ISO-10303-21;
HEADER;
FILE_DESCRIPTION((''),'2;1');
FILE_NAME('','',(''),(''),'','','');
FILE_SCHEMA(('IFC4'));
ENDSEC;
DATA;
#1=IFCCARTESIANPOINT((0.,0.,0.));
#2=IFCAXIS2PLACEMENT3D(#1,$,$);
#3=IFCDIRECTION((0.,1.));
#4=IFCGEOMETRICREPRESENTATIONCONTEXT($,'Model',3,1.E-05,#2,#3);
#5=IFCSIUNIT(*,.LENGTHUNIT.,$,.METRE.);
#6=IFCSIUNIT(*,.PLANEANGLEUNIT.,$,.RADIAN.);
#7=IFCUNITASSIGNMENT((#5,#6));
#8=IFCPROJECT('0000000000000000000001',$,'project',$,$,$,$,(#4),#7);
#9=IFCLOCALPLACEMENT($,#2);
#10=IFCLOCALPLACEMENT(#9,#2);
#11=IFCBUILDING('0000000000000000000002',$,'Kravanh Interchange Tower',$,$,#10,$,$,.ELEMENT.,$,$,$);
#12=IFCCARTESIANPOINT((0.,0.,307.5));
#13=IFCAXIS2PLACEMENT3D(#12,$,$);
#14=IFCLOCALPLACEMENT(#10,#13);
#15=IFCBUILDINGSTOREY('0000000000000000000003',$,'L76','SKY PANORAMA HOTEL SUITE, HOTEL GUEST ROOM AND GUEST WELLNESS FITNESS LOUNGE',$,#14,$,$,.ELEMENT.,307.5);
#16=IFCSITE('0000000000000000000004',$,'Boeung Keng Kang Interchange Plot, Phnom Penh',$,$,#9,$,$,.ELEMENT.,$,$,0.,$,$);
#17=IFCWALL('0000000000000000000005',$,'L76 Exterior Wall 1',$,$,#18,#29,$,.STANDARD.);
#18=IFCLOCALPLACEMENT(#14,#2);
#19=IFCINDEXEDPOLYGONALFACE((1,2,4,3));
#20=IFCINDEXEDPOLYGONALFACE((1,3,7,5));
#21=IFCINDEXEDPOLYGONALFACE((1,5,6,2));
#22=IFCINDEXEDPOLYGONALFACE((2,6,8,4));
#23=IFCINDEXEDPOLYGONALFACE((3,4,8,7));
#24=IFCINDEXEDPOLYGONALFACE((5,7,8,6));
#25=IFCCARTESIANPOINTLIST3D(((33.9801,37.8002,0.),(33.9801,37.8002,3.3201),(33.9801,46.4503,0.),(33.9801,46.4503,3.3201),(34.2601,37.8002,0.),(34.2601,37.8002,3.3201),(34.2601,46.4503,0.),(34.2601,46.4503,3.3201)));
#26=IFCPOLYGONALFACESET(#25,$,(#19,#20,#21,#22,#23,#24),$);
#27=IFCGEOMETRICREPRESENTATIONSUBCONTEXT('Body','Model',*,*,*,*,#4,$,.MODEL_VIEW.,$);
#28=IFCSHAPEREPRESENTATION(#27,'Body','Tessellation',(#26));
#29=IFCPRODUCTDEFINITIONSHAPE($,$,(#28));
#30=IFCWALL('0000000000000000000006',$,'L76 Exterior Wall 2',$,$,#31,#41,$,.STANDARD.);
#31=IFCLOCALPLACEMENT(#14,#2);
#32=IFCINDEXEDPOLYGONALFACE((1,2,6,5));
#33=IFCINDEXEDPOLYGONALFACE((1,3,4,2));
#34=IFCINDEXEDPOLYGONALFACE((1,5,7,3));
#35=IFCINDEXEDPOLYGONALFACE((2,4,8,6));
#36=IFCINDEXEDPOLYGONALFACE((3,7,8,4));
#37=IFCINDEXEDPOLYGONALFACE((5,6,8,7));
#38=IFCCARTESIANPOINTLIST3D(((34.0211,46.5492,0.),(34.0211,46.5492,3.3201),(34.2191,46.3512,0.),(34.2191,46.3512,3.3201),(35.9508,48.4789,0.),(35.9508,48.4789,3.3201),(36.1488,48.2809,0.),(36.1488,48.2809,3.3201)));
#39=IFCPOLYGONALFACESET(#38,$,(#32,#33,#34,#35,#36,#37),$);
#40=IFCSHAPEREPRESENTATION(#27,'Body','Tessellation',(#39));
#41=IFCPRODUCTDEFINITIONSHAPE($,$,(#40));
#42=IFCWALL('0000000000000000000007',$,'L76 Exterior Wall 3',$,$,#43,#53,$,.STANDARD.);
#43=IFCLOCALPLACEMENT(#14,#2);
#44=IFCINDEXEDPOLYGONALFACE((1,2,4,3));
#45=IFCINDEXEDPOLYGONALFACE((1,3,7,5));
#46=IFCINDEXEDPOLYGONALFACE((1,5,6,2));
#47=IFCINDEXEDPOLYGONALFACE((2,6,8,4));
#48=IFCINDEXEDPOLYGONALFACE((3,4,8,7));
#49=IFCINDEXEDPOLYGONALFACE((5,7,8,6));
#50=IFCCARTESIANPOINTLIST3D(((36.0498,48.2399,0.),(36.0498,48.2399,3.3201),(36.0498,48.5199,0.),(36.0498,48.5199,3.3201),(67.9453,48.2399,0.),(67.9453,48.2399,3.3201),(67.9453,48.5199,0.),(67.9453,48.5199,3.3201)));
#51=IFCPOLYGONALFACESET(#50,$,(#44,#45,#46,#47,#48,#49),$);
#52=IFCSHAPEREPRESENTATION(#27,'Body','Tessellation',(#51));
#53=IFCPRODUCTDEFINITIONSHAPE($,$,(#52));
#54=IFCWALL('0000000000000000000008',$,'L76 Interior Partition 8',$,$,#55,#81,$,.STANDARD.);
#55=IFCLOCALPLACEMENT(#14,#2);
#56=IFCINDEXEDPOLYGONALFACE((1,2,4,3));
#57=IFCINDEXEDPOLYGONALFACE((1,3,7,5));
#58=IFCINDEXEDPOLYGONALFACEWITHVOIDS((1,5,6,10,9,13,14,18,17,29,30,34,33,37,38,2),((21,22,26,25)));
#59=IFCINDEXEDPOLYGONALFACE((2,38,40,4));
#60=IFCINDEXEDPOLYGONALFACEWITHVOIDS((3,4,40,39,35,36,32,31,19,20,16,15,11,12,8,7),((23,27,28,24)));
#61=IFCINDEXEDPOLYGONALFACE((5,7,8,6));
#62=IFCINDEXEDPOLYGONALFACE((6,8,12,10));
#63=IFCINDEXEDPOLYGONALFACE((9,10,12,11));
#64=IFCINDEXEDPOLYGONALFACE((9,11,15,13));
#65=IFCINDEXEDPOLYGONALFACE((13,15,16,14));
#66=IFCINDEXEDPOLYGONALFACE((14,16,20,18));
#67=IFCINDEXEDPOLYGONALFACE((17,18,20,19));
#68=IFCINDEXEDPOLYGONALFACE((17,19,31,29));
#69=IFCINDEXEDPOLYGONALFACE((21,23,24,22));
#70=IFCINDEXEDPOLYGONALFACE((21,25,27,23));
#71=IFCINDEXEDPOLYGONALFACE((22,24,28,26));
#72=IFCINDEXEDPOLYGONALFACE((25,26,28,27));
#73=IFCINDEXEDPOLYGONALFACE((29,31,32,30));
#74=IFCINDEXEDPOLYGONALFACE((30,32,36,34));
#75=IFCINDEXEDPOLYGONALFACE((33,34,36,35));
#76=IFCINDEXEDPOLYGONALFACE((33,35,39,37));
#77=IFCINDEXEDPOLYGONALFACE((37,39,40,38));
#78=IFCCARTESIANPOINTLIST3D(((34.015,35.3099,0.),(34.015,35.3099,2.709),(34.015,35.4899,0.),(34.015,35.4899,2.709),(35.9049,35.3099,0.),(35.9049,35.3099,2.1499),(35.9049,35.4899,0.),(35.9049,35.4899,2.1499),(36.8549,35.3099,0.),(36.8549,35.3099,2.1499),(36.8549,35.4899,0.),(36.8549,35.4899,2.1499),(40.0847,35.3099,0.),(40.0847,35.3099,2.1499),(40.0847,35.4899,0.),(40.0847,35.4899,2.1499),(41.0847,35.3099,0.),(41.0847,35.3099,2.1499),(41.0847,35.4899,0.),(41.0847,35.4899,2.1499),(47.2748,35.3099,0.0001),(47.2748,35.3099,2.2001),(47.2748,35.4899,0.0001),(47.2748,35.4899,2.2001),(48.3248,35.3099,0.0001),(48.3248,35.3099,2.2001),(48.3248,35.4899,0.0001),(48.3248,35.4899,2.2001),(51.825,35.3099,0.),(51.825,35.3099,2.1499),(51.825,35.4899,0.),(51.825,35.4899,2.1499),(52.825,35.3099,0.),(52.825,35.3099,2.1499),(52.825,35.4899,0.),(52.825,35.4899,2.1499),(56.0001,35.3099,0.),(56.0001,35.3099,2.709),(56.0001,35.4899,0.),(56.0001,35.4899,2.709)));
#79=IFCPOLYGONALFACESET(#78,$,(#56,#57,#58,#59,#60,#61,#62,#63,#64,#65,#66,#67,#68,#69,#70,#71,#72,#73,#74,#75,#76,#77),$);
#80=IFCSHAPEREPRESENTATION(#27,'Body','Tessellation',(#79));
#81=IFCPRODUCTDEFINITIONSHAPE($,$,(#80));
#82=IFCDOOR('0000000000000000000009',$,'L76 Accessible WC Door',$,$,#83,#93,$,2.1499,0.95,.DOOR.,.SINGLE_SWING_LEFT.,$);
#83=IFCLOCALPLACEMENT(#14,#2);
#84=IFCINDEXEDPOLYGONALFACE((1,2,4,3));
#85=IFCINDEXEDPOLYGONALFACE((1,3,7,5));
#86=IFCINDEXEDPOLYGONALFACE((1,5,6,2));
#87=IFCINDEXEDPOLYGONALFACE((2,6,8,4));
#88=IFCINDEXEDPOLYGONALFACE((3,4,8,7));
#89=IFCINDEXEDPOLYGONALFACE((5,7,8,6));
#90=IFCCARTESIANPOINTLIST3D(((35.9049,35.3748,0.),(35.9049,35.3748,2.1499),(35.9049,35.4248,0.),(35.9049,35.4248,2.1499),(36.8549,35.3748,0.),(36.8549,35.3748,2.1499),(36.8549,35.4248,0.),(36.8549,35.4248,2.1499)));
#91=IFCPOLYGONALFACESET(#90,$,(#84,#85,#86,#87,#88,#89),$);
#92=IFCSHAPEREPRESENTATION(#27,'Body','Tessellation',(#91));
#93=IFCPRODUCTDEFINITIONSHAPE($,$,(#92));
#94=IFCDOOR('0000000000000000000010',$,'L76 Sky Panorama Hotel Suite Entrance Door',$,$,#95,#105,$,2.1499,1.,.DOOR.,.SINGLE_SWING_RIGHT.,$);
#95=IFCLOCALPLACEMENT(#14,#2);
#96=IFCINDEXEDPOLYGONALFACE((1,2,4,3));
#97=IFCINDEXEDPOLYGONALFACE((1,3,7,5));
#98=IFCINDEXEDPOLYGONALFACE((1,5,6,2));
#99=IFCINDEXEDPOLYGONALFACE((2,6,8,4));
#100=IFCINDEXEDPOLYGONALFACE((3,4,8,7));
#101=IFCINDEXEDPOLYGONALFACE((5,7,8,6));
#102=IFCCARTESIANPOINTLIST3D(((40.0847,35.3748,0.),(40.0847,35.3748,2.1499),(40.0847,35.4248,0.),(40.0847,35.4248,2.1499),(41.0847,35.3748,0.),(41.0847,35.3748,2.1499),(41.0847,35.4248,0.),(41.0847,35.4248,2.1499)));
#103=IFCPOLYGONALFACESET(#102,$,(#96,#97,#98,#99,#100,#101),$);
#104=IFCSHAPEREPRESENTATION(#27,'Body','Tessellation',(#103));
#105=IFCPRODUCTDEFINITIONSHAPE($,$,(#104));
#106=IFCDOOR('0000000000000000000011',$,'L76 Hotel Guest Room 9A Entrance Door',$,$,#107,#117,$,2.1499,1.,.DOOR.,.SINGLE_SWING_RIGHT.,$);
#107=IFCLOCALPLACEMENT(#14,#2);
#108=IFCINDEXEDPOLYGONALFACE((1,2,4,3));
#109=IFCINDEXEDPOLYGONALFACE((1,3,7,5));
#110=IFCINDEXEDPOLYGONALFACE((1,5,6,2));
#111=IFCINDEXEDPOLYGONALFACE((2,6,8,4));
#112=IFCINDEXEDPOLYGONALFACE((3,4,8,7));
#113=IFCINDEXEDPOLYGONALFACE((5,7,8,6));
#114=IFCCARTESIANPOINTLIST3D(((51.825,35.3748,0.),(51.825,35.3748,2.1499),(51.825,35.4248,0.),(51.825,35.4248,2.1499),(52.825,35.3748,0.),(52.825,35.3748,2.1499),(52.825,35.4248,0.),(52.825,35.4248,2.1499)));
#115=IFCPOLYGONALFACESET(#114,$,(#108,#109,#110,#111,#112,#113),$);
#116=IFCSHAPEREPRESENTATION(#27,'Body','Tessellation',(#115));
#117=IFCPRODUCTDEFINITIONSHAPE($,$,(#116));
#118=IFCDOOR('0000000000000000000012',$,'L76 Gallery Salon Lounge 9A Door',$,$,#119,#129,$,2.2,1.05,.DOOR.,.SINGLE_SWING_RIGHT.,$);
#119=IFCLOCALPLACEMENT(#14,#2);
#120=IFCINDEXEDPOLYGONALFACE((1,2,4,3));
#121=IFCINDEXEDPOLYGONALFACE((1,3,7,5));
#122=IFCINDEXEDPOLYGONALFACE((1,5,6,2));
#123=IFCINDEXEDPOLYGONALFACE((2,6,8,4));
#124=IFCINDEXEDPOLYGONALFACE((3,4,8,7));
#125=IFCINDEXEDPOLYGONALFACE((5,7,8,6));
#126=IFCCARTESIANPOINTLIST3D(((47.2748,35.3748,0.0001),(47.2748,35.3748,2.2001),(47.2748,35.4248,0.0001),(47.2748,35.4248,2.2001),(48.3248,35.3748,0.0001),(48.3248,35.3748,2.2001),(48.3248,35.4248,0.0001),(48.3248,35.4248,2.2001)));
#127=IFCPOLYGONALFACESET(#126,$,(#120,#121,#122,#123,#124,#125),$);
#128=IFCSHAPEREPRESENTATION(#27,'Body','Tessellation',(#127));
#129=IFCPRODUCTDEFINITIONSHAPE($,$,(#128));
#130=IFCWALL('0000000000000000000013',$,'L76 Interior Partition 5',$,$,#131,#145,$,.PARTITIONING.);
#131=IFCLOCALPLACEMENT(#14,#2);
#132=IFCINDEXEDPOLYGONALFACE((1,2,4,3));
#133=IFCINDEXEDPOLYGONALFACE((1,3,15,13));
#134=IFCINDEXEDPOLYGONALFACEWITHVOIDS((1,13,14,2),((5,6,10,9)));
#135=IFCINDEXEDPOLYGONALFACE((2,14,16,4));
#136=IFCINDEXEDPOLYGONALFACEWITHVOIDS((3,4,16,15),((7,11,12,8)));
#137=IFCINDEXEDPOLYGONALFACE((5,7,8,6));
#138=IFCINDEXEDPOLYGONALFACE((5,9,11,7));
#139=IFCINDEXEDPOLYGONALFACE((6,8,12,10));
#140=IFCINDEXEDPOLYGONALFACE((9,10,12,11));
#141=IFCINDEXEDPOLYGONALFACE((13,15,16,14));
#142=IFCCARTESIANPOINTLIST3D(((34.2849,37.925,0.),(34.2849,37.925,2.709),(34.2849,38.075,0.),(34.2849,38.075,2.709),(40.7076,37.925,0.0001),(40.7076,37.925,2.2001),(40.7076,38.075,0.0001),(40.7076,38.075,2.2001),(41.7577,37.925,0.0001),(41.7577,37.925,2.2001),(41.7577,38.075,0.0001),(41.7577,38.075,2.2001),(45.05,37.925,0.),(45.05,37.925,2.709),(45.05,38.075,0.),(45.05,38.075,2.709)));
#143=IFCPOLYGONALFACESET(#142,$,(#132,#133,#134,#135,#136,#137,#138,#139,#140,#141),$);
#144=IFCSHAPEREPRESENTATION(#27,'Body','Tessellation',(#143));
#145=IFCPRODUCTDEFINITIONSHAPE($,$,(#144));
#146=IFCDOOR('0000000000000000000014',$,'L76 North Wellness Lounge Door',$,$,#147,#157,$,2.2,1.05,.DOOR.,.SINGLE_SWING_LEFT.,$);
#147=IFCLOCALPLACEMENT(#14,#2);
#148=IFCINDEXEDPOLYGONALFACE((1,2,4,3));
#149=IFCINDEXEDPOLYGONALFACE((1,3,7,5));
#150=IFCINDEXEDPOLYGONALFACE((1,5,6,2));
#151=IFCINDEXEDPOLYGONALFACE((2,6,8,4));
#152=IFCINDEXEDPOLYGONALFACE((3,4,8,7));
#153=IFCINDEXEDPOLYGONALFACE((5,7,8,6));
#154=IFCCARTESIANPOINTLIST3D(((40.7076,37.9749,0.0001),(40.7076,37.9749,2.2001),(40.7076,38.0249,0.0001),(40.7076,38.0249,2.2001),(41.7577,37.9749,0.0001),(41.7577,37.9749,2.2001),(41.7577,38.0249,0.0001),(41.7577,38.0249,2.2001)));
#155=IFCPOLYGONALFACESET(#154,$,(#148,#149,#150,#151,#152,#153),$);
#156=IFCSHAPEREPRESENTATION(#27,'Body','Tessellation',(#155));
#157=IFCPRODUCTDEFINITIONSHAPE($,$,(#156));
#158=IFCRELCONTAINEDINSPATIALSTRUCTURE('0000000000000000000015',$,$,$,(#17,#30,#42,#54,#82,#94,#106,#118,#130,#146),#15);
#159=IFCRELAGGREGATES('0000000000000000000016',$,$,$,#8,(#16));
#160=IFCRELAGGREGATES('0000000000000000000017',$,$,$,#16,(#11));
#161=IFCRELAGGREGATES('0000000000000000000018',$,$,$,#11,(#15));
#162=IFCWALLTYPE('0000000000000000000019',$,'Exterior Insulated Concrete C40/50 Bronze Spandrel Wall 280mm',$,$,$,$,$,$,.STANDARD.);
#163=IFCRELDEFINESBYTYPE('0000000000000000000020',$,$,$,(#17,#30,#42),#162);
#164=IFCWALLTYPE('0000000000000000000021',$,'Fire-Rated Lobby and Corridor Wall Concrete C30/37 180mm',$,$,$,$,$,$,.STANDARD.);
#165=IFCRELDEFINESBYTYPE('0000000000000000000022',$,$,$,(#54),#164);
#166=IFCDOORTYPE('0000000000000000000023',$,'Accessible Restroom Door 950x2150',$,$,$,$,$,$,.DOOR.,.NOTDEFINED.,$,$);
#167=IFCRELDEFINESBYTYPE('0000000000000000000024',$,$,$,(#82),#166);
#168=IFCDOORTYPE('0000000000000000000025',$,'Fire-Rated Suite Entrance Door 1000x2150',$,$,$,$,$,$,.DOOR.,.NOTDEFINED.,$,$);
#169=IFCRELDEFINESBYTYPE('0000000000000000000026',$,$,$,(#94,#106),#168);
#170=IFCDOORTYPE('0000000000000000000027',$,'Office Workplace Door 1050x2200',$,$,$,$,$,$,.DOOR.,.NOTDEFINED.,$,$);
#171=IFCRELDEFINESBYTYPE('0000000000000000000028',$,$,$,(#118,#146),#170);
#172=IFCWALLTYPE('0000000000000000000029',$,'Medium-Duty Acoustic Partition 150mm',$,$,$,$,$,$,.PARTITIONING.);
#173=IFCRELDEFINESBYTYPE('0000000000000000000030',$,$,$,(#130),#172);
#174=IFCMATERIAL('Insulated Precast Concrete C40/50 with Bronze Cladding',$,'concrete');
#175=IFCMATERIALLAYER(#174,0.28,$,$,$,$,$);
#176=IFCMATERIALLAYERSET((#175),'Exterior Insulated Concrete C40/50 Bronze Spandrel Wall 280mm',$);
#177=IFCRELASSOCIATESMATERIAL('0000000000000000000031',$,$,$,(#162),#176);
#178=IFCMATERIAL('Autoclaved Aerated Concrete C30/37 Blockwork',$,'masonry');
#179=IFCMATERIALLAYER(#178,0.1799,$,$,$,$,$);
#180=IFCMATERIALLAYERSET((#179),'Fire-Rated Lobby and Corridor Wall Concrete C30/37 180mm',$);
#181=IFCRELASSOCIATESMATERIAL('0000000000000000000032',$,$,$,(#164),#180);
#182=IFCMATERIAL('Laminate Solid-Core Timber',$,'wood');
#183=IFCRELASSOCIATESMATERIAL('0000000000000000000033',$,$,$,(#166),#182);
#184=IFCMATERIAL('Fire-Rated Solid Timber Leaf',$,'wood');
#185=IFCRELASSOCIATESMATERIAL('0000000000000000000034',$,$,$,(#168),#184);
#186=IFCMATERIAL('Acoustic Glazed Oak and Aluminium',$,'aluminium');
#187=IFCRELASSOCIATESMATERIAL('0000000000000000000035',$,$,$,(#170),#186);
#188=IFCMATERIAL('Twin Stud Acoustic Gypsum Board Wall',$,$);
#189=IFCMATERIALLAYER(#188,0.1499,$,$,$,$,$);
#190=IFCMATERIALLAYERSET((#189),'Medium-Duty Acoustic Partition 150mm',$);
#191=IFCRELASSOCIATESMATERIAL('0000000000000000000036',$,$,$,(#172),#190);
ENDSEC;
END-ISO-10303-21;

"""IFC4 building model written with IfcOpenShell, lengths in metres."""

from ifc_helpers import new_model, si_unit, direction, frame, frame_2d, origin, place, context, subcontext, project, spatial, rectangle, extrude, material, layer, layer_set, type_object, element, fill, save


model = new_model("IFC4")

# Units and contexts
model_context = context("Model", 3, precision=1e-05, world=origin(), true_north=direction((0.0, 1.0)))
body_context = subcontext(model_context, "Body", "Model", "MODEL_VIEW")
ifc_project = project(units=[si_unit("LENGTHUNIT", "METRE"), si_unit("PLANEANGLEUNIT", "RADIAN")], contexts=[model_context])

# Site, building, storey
site_placement = place(None, origin())
site = spatial("IfcSite", under=ifc_project, at=site_placement, Name="Boeung Keng Kang Interchange Plot, Phnom Penh", CompositionType="ELEMENT", RefElevation=0.0)
building_placement = place(site_placement, origin())
building = spatial("IfcBuilding", under=site, at=building_placement, Name="Kravanh Interchange Tower", CompositionType="ELEMENT")
storey_placement = place(building_placement, frame((0.0, 0.0, 307.5)))
storey = spatial("IfcBuildingStorey", under=building, at=storey_placement, Name="L76", Description="SKY PANORAMA HOTEL SUITE, HOTEL GUEST ROOM AND GUEST WELLNESS FITNESS LOUNGE", CompositionType="ELEMENT", Elevation=307.5)

# Walls
ifc_material_1 = material(Name="Insulated Precast Concrete C40/50 with Bronze Cladding", Category="concrete")
ifc_layer_1 = layer(ifc_material_1, 0.28)
ifc_layer_set_1 = layer_set([ifc_layer_1], Name="Exterior Insulated Concrete C40/50 Bronze Spandrel Wall 280mm")
wall_type_1 = type_object("IfcWallType", Name="Exterior Insulated Concrete C40/50 Bronze Spandrel Wall 280mm", PredefinedType="STANDARD", material=ifc_layer_set_1)
wall_1_placement = place(storey_placement, frame((34.1201, 37.8, 0.0), z_axis=(0.0, 0.0, 1.0), x_axis=(0.0, 1.0, 0.0)))
element("IfcWall", 1, at=wall_1_placement, inside=storey, type_object=wall_type_1, Name="L76 Exterior Wall 1", PredefinedType="STANDARD", context=body_context, shape_type="SweptSolid", body=[
    extrude(rectangle(XDim=8.6501, YDim=0.28, at=frame_2d((4.3252, 0.0))), origin(), (0.0, 0.0, 1.0), 3.3201),
])
wall_2_placement = place(storey_placement, frame((34.1201, 46.4502, 0.0), z_axis=(0.0, 0.0, 1.0), x_axis=(0.707107, 0.707107, 0.0)))
element("IfcWall", 2, at=wall_2_placement, inside=storey, type_object=wall_type_1, Name="L76 Exterior Wall 2", PredefinedType="STANDARD", context=body_context, shape_type="SweptSolid", body=[
    extrude(rectangle(XDim=2.729, YDim=0.28, at=frame_2d((1.3645, 0.0))), origin(), (0.0, 0.0, 1.0), 3.3201),
])
wall_3_placement = place(storey_placement, frame((36.0498, 48.3799, 0.0), z_axis=(0.0, 0.0, 1.0), x_axis=(1.0, 0.0, 0.0)))
element("IfcWall", 3, at=wall_3_placement, inside=storey, type_object=wall_type_1, Name="L76 Exterior Wall 3", PredefinedType="STANDARD", context=body_context, shape_type="SweptSolid", body=[
    extrude(rectangle(XDim=31.8955, YDim=0.28, at=frame_2d((15.9478, 0.0))), origin(), (0.0, 0.0, 1.0), 3.3201),
])

# Wall, openings, doors
ifc_material_2 = material(Name="Autoclaved Aerated Concrete C30/37 Blockwork", Category="masonry")
ifc_layer_2 = layer(ifc_material_2, 0.1799)
ifc_layer_set_2 = layer_set([ifc_layer_2], Name="Fire-Rated Lobby and Corridor Wall Concrete C30/37 180mm")
wall_type_2 = type_object("IfcWallType", Name="Fire-Rated Lobby and Corridor Wall Concrete C30/37 180mm", PredefinedType="STANDARD", material=ifc_layer_set_2)
wall_4_placement = place(storey_placement, frame((34.0149, 35.3999, 0.0), z_axis=(0.0, 0.0, 1.0), x_axis=(1.0, 0.0, 0.0)))
wall_4 = element("IfcWall", 4, at=wall_4_placement, inside=storey, type_object=wall_type_2, Name="L76 Interior Partition 8", PredefinedType="STANDARD", context=body_context, shape_type="SweptSolid", body=[
    extrude(rectangle(XDim=21.9851, YDim=0.1799, at=frame_2d((10.9927, 0.0))), origin(), (0.0, 0.0, 1.0), 2.709),
])
opening_1_placement = place(wall_4_placement, frame((1.8899, 0.0, 0.0)))
opening_1 = element("IfcOpeningElement", 5, at=opening_1_placement, cuts=wall_4, PredefinedType="OPENING", context=body_context, shape_type="SweptSolid", body=[
    extrude(rectangle(XDim=0.95, YDim=2.1499, at=frame_2d((0.4751, 1.075))), frame((0.0, 0.1001, 0.0), z_axis=(0.0, -1.0, 0.0), x_axis=(1.0, 0.0, 0.0)), (0.0, 0.0, 1.0), 0.2),
])
opening_2_placement = place(wall_4_placement, frame((6.0698, 0.0, 0.0)))
opening_2 = element("IfcOpeningElement", 6, at=opening_2_placement, cuts=wall_4, PredefinedType="OPENING", context=body_context, shape_type="SweptSolid", body=[
    extrude(rectangle(XDim=1.0, YDim=2.1499, at=frame_2d((0.5, 1.075))), frame((0.0, 0.1001, 0.0), z_axis=(0.0, -1.0, 0.0), x_axis=(1.0, 0.0, 0.0)), (0.0, 0.0, 1.0), 0.2),
])
opening_3_placement = place(wall_4_placement, frame((13.26, 0.0, 0.0)))
opening_3 = element("IfcOpeningElement", 7, at=opening_3_placement, cuts=wall_4, PredefinedType="OPENING", context=body_context, shape_type="SweptSolid", body=[
    extrude(rectangle(XDim=1.05, YDim=2.2, at=frame_2d((0.5249, 1.1001))), frame((0.0, 0.1001, 0.0), z_axis=(0.0, -1.0, 0.0), x_axis=(1.0, 0.0, 0.0)), (0.0, 0.0, 1.0), 0.2),
])
opening_4_placement = place(wall_4_placement, frame((17.8101, 0.0, 0.0)))
opening_4 = element("IfcOpeningElement", 8, at=opening_4_placement, cuts=wall_4, PredefinedType="OPENING", context=body_context, shape_type="SweptSolid", body=[
    extrude(rectangle(XDim=1.0, YDim=2.1499, at=frame_2d((0.5, 1.075))), frame((0.0, 0.1001, 0.0), z_axis=(0.0, -1.0, 0.0), x_axis=(1.0, 0.0, 0.0)), (0.0, 0.0, 1.0), 0.2),
])
ifc_material_3 = material(Name="Laminate Solid-Core Timber", Category="wood")
door_type_1 = type_object("IfcDoorType", Name="Accessible Restroom Door 950x2150", OperationType="NOTDEFINED", PredefinedType="DOOR", material=ifc_material_3)
door_1_placement = place(opening_1_placement, origin())
door_1 = element("IfcDoor", 9, at=door_1_placement, inside=storey, type_object=door_type_1, Name="L76 Accessible WC Door", OperationType="SINGLE_SWING_LEFT", OverallHeight=2.1499, OverallWidth=0.95, PredefinedType="DOOR", context=body_context, shape_type="SweptSolid", body=[
    extrude(rectangle(XDim=0.95, YDim=2.1499, at=frame_2d((0.4751, 1.075))), frame((0.0, 0.0249, 0.0), z_axis=(0.0, -1.0, 0.0), x_axis=(1.0, 0.0, 0.0)), (0.0, 0.0, 1.0), 0.05),
])
fill(opening_1, door_1)
ifc_material_4 = material(Name="Fire-Rated Solid Timber Leaf", Category="wood")
door_type_2 = type_object("IfcDoorType", Name="Fire-Rated Suite Entrance Door 1000x2150", OperationType="NOTDEFINED", PredefinedType="DOOR", material=ifc_material_4)
door_2_placement = place(opening_2_placement, origin())
door_2 = element("IfcDoor", 10, at=door_2_placement, inside=storey, type_object=door_type_2, Name="L76 Sky Panorama Hotel Suite Entrance Door", OperationType="SINGLE_SWING_RIGHT", OverallHeight=2.1499, OverallWidth=1.0, PredefinedType="DOOR", context=body_context, shape_type="SweptSolid", body=[
    extrude(rectangle(XDim=1.0, YDim=2.1499, at=frame_2d((0.5, 1.075))), frame((0.0, 0.0249, 0.0), z_axis=(0.0, -1.0, 0.0), x_axis=(1.0, 0.0, 0.0)), (0.0, 0.0, 1.0), 0.05),
])
fill(opening_2, door_2)
door_3_placement = place(opening_4_placement, origin())
door_3 = element("IfcDoor", 11, at=door_3_placement, inside=storey, type_object=door_type_2, Name="L76 Hotel Guest Room 9A Entrance Door", OperationType="SINGLE_SWING_RIGHT", OverallHeight=2.1499, OverallWidth=1.0, PredefinedType="DOOR", context=body_context, shape_type="SweptSolid", body=[
    extrude(rectangle(XDim=1.0, YDim=2.1499, at=frame_2d((0.5, 1.075))), frame((0.0, 0.0249, 0.0), z_axis=(0.0, -1.0, 0.0), x_axis=(1.0, 0.0, 0.0)), (0.0, 0.0, 1.0), 0.05),
])
fill(opening_4, door_3)
ifc_material_5 = material(Name="Acoustic Glazed Oak and Aluminium", Category="aluminium")
door_type_3 = type_object("IfcDoorType", Name="Office Workplace Door 1050x2200", OperationType="NOTDEFINED", PredefinedType="DOOR", material=ifc_material_5)
door_4_placement = place(opening_3_placement, origin())
door_4 = element("IfcDoor", 12, at=door_4_placement, inside=storey, type_object=door_type_3, Name="L76 Gallery Salon Lounge 9A Door", OperationType="SINGLE_SWING_RIGHT", OverallHeight=2.2, OverallWidth=1.05, PredefinedType="DOOR", context=body_context, shape_type="SweptSolid", body=[
    extrude(rectangle(XDim=1.05, YDim=2.2, at=frame_2d((0.5249, 1.1001))), frame((0.0, 0.0249, 0.0), z_axis=(0.0, -1.0, 0.0), x_axis=(1.0, 0.0, 0.0)), (0.0, 0.0, 1.0), 0.05),
])
fill(opening_3, door_4)

# Wall, opening, door
ifc_material_6 = material(Name="Twin Stud Acoustic Gypsum Board Wall")
ifc_layer_3 = layer(ifc_material_6, 0.1499)
ifc_layer_set_3 = layer_set([ifc_layer_3], Name="Medium-Duty Acoustic Partition 150mm")
wall_type_3 = type_object("IfcWallType", Name="Medium-Duty Acoustic Partition 150mm", PredefinedType="PARTITIONING", material=ifc_layer_set_3)
wall_5_placement = place(storey_placement, frame((34.2849, 38.0, 0.0), z_axis=(0.0, 0.0, 1.0), x_axis=(1.0, 0.0, 0.0)))
wall_5 = element("IfcWall", 13, at=wall_5_placement, inside=storey, type_object=wall_type_3, Name="L76 Interior Partition 5", PredefinedType="PARTITIONING", context=body_context, shape_type="SweptSolid", body=[
    extrude(rectangle(XDim=10.7651, YDim=0.1499, at=frame_2d((5.3826, 0.0))), origin(), (0.0, 0.0, 1.0), 2.709),
])
opening_5_placement = place(wall_5_placement, frame((6.4229, 0.0, 0.0)))
opening_5 = element("IfcOpeningElement", 14, at=opening_5_placement, cuts=wall_5, PredefinedType="OPENING", context=body_context, shape_type="SweptSolid", body=[
    extrude(rectangle(XDim=1.05, YDim=2.2, at=frame_2d((0.5249, 1.1001))), frame((0.0, 0.085, 0.0), z_axis=(0.0, -1.0, 0.0), x_axis=(1.0, 0.0, 0.0)), (0.0, 0.0, 1.0), 0.1699),
])
door_5_placement = place(opening_5_placement, origin())
door_5 = element("IfcDoor", 15, at=door_5_placement, inside=storey, type_object=door_type_3, Name="L76 North Wellness Lounge Door", OperationType="SINGLE_SWING_LEFT", OverallHeight=2.2, OverallWidth=1.05, PredefinedType="DOOR", context=body_context, shape_type="SweptSolid", body=[
    extrude(rectangle(XDim=1.05, YDim=2.2, at=frame_2d((0.5249, 1.1001))), frame((0.0, 0.0249, 0.0), z_axis=(0.0, -1.0, 0.0), x_axis=(1.0, 0.0, 0.0)), (0.0, 0.0, 1.0), 0.05),
])
fill(opening_5, door_5)

save(model, "model.ifc")
